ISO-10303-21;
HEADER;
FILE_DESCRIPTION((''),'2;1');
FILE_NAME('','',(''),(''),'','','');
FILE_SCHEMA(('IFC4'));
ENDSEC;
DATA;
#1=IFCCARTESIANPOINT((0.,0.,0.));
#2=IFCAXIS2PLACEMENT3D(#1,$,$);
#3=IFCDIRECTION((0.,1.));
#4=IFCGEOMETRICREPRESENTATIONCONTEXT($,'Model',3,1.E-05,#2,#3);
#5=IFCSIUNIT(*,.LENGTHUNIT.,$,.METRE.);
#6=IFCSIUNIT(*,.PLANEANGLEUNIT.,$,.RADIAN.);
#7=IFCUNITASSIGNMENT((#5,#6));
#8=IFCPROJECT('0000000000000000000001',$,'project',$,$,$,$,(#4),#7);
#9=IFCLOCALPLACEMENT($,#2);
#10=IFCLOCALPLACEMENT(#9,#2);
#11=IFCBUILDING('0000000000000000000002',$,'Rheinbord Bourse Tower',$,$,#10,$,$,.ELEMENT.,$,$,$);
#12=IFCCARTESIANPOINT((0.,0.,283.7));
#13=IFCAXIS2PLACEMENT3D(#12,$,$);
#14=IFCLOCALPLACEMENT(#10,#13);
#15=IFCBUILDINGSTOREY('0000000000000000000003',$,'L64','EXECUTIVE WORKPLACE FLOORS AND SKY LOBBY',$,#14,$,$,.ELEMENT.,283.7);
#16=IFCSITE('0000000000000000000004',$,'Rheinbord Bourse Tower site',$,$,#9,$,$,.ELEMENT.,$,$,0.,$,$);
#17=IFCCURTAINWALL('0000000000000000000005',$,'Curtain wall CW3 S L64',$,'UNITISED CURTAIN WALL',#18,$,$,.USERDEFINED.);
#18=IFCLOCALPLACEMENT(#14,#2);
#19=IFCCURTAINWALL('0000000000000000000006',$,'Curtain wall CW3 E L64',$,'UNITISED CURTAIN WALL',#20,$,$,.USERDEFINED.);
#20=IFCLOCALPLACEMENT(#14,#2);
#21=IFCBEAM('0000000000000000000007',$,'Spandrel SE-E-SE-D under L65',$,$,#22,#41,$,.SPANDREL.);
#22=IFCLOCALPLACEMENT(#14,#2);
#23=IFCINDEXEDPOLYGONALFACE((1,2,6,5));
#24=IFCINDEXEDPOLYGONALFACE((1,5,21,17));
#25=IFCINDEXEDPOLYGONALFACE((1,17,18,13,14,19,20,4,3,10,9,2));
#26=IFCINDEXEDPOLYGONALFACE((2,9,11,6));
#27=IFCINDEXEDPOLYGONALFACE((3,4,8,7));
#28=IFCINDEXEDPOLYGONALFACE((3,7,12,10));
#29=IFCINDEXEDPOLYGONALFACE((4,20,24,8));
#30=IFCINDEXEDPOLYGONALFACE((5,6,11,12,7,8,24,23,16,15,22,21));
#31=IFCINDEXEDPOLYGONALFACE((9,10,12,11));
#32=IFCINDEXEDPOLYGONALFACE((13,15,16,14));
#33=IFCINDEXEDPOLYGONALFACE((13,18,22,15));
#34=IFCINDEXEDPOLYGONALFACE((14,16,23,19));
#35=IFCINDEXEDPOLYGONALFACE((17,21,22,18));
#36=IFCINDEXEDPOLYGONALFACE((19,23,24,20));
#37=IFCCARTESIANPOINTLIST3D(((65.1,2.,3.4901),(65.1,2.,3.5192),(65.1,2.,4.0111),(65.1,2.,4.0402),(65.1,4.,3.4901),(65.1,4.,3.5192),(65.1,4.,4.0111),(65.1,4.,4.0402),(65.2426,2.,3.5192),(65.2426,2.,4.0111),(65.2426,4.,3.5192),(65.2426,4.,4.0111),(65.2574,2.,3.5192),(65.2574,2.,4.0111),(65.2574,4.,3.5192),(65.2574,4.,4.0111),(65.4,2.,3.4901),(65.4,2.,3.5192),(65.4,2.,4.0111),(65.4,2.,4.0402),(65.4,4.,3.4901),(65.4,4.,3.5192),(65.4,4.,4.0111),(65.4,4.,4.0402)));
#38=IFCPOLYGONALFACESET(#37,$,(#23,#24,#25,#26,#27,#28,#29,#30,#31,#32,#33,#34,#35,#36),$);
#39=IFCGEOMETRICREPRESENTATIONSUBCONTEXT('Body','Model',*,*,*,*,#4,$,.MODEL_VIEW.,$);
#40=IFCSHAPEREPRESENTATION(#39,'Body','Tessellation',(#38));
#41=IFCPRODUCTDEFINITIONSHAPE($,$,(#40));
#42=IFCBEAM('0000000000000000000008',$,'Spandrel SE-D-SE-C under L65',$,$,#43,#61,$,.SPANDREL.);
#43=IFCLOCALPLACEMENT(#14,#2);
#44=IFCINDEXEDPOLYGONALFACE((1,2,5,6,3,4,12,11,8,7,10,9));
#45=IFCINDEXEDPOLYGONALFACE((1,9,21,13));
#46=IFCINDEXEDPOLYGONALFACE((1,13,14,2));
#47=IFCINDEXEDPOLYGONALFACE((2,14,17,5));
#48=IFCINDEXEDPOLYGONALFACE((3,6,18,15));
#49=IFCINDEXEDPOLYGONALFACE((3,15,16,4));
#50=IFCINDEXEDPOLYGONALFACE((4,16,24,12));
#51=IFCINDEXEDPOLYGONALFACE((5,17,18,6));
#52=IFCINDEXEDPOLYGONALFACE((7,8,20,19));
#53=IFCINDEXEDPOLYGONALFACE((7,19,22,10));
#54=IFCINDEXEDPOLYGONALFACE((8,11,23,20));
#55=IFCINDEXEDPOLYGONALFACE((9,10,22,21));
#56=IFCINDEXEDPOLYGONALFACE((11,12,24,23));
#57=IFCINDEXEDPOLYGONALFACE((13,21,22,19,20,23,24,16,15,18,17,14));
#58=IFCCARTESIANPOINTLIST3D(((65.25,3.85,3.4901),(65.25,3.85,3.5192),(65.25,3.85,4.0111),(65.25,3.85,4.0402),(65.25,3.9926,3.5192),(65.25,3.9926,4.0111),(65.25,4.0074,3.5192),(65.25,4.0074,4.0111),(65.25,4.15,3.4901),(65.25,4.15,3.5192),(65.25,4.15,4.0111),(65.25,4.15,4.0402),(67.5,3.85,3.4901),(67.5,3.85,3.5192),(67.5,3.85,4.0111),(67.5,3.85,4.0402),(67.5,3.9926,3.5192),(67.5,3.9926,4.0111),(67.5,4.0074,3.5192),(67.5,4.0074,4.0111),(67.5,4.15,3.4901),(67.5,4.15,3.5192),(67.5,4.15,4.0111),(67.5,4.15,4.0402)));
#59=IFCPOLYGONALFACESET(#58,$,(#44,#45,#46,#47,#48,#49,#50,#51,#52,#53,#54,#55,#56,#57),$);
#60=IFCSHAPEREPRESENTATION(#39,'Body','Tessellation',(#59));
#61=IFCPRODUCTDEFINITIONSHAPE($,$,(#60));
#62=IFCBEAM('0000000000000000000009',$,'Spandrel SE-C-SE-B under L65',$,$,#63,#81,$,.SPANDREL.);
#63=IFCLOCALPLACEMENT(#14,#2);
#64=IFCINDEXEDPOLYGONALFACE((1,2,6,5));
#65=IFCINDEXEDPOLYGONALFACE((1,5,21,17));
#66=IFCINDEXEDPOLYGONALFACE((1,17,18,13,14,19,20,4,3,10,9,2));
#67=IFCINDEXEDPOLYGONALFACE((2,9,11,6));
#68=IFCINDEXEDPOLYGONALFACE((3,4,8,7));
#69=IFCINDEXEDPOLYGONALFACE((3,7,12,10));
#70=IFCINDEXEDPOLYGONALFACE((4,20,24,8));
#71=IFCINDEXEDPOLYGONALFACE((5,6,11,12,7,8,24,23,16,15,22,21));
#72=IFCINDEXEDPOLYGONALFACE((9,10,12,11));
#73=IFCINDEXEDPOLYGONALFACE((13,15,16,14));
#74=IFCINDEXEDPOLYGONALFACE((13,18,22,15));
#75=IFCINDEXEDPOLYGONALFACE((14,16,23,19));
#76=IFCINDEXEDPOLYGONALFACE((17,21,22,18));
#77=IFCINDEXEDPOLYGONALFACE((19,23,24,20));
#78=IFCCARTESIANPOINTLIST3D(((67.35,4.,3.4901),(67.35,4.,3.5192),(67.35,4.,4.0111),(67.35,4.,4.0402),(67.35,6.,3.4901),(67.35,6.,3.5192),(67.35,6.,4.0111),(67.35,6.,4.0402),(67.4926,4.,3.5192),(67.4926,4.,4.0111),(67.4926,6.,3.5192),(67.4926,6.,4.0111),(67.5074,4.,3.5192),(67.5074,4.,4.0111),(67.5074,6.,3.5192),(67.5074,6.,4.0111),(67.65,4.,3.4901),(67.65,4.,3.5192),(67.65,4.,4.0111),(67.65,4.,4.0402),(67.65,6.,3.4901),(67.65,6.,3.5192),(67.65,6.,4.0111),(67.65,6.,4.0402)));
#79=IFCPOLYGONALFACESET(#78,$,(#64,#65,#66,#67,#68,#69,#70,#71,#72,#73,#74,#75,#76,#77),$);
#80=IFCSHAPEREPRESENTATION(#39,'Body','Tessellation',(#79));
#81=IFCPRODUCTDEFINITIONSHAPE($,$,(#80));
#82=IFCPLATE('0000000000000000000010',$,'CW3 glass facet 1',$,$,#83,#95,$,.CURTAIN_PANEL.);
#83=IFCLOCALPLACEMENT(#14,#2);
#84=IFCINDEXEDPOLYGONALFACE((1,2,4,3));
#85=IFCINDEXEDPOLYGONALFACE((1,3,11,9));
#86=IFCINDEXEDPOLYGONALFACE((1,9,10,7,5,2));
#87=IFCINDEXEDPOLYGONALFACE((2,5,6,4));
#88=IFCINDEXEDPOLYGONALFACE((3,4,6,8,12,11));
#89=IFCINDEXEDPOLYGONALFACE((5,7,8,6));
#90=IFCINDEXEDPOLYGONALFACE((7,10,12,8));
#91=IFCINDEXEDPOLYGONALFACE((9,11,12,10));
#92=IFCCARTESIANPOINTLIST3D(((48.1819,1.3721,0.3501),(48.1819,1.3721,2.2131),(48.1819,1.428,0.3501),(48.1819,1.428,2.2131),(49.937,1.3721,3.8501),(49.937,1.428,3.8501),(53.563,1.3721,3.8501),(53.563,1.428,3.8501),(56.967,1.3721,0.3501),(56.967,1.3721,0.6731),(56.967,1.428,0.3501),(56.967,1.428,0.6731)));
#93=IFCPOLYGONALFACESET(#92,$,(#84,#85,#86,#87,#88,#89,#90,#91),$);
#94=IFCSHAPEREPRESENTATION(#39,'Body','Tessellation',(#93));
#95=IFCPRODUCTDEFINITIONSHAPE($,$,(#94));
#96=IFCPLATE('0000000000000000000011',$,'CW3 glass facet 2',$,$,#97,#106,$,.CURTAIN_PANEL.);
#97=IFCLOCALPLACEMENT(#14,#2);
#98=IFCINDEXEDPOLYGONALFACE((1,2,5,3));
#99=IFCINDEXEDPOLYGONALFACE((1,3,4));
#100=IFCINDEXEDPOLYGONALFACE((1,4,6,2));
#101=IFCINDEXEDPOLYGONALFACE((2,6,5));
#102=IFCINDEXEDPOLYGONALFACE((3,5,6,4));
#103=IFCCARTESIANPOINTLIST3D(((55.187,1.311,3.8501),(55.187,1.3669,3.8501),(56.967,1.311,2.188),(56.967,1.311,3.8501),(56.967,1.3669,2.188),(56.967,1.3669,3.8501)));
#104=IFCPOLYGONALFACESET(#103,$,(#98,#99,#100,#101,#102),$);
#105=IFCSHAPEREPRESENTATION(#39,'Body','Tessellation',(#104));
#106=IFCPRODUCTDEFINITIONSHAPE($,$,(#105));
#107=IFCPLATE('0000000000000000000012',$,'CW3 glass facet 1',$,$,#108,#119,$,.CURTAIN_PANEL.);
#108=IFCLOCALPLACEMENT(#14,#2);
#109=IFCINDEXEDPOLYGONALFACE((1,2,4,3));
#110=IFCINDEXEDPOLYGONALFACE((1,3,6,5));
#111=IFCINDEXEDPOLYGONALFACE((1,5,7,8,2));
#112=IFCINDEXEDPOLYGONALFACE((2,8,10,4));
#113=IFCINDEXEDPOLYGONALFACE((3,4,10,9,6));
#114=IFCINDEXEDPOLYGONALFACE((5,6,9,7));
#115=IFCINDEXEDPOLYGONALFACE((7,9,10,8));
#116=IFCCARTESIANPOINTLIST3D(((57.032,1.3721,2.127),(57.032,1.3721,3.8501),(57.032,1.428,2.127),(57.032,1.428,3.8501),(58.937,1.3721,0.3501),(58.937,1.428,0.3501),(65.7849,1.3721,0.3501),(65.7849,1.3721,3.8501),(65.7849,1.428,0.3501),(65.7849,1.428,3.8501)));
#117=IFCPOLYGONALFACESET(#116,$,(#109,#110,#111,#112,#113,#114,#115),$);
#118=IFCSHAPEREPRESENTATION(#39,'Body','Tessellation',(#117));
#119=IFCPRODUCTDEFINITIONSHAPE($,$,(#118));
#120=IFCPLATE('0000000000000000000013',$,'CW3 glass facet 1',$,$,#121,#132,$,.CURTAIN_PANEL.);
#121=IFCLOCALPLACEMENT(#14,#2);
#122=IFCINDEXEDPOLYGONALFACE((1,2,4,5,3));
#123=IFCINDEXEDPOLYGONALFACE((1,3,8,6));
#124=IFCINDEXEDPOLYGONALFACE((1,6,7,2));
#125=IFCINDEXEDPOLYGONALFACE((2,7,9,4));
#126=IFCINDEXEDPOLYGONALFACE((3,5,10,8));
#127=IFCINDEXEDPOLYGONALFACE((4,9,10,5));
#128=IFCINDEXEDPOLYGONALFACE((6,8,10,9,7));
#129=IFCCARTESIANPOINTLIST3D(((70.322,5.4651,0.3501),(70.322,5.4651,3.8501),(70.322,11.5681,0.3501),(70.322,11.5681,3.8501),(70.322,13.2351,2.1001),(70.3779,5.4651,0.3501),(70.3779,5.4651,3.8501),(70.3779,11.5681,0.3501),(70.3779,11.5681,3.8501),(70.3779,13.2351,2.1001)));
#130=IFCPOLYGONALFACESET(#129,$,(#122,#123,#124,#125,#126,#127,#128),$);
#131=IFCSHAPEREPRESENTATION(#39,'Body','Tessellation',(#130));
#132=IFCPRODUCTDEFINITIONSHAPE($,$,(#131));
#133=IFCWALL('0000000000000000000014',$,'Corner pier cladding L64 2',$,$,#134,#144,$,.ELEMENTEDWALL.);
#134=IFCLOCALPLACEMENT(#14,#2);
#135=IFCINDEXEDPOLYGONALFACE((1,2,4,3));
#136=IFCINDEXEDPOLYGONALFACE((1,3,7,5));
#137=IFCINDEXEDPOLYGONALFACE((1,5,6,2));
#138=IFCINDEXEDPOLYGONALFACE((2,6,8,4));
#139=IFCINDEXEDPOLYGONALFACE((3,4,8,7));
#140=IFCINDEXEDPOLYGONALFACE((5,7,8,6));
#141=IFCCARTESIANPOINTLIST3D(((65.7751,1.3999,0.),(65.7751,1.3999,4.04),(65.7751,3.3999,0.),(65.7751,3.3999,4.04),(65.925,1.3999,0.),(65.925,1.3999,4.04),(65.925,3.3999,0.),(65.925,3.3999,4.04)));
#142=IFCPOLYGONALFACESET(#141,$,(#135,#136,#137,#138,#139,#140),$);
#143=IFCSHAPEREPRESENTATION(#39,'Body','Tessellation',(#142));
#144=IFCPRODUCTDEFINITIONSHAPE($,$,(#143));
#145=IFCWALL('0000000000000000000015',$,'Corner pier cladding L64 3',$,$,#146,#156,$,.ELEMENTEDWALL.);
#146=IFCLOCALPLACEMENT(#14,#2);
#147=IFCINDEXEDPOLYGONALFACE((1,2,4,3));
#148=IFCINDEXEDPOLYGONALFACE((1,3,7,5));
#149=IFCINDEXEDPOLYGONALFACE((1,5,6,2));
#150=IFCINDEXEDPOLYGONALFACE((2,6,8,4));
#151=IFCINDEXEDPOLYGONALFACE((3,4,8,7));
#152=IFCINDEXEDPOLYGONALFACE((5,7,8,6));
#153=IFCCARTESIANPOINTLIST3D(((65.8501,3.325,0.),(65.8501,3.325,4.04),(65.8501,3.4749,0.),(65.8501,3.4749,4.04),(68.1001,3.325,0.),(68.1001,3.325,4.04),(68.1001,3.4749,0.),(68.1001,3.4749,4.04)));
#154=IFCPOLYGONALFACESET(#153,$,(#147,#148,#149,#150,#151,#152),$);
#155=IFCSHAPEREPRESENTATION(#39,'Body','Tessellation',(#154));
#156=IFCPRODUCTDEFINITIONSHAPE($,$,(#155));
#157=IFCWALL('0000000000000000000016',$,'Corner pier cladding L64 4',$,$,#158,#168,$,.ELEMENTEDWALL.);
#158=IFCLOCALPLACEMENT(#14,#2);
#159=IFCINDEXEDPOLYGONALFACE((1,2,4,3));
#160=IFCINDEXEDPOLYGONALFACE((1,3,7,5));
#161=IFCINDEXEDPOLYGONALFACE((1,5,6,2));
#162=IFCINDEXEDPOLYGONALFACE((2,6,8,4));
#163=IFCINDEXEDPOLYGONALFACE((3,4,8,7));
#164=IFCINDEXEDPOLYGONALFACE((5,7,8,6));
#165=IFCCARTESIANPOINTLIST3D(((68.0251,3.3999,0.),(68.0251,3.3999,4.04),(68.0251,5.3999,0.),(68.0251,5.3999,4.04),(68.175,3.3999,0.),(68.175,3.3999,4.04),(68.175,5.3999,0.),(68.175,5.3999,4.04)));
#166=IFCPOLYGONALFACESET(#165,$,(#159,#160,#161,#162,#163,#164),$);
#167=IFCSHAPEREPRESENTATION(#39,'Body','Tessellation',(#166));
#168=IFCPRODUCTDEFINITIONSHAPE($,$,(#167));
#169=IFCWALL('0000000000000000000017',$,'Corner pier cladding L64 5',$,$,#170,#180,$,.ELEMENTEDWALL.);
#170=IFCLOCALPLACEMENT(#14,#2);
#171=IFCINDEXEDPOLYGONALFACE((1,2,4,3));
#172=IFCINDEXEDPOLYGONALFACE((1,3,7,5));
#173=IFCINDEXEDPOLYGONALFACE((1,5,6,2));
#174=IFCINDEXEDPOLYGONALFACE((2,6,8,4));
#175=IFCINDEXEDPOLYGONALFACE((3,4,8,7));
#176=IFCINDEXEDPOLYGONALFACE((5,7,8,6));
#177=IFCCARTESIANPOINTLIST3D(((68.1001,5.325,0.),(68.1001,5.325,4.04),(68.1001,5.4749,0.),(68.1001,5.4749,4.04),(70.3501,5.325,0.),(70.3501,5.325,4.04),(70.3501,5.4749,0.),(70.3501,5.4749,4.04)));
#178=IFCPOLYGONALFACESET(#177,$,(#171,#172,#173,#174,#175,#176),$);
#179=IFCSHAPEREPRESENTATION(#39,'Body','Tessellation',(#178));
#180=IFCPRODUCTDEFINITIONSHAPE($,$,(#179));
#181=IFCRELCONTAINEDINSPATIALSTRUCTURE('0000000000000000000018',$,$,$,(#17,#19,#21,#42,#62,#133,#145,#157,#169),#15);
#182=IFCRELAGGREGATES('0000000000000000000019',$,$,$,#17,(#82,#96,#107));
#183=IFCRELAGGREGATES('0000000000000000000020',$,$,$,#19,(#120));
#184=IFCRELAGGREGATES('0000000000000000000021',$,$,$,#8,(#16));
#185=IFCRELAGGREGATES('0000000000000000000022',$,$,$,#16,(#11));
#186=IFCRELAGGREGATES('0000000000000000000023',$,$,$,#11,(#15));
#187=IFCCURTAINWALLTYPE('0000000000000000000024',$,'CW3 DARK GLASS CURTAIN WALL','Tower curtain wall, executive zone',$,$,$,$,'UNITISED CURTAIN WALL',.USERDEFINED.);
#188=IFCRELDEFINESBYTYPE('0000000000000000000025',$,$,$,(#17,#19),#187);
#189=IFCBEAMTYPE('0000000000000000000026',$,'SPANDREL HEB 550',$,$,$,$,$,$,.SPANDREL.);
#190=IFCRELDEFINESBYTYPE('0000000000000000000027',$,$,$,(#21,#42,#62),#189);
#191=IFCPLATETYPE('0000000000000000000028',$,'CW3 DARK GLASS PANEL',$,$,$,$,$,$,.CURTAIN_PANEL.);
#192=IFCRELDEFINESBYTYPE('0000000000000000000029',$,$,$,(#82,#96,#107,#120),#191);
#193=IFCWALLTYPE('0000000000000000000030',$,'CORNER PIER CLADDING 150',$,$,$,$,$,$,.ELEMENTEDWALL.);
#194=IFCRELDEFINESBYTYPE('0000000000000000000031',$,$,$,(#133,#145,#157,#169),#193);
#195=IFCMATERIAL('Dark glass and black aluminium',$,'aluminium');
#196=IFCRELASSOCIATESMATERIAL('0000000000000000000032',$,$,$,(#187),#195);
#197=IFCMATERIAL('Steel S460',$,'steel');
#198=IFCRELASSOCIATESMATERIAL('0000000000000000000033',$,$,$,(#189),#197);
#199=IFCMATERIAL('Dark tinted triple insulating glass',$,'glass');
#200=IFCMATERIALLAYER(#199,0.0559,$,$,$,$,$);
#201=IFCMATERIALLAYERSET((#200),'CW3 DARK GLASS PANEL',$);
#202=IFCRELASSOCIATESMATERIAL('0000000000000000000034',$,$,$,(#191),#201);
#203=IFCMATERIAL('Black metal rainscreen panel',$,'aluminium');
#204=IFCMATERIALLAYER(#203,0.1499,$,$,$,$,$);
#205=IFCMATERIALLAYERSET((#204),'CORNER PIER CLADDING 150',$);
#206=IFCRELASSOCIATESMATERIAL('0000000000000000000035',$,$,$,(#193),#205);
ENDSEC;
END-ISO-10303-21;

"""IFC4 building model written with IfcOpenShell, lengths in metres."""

from ifc_helpers import new_model, si_unit, direction, frame, frame_2d, origin, origin_2d, place, context, subcontext, project, spatial, polyline, rectangle, i_section, outline, extrude, material, layer, layer_set, material_profile, profile_set, type_object, element, aggregate, save


model = new_model("IFC4")

# Units and contexts
model_context = context("Model", 3, precision=1e-05, world=origin(), true_north=direction((0.0, 1.0)))
body_context = subcontext(model_context, "Body", "Model", "MODEL_VIEW")
ifc_project = project(units=[si_unit("LENGTHUNIT", "METRE"), si_unit("PLANEANGLEUNIT", "RADIAN")], contexts=[model_context])

# Site, building, storey
site_placement = place(None, origin())
site = spatial("IfcSite", under=ifc_project, at=site_placement, Name="Rheinbord Bourse Tower site", CompositionType="ELEMENT", RefElevation=0.0)
building_placement = place(site_placement, origin())
building = spatial("IfcBuilding", under=site, at=building_placement, Name="Rheinbord Bourse Tower", CompositionType="ELEMENT")
storey_placement = place(building_placement, frame((0.0, 0.0, 283.7)))
storey = spatial("IfcBuildingStorey", under=building, at=storey_placement, Name="L64", Description="EXECUTIVE WORKPLACE FLOORS AND SKY LOBBY", CompositionType="ELEMENT", Elevation=283.7)

# Curtain wall
ifc_material_1 = material(Name="Dark glass and black aluminium", Category="aluminium")
curtain_wall_type = type_object("IfcCurtainWallType", Name="CW3 DARK GLASS CURTAIN WALL", Description="Tower curtain wall, executive zone", ElementType="UNITISED CURTAIN WALL", PredefinedType="USERDEFINED", material=ifc_material_1)
curtain_wall_1_placement = place(storey_placement, origin())
curtain_wall_1 = element("IfcCurtainWall", 1, at=curtain_wall_1_placement, inside=storey, type_object=curtain_wall_type, Name="Curtain wall CW3 S L64", ObjectType="UNITISED CURTAIN WALL", PredefinedType="USERDEFINED")

# Curtain wall
curtain_wall_2_placement = place(storey_placement, origin())
curtain_wall_2 = element("IfcCurtainWall", 2, at=curtain_wall_2_placement, inside=storey, type_object=curtain_wall_type, Name="Curtain wall CW3 E L64", ObjectType="UNITISED CURTAIN WALL", PredefinedType="USERDEFINED")

# Beams
ifc_material_2 = material(Name="Steel S460", Category="steel")
ifc_material_profile_1 = material_profile(ifc_material_2, i_section(OverallWidth=0.3, OverallDepth=0.55, WebThickness=0.0149, FlangeThickness=0.0291, at=origin_2d()), Name="HEB 550")
ifc_profile_set_1 = profile_set([ifc_material_profile_1], Name="Steel S460")
beam_type_1 = type_object("IfcBeamType", Name="SPANDREL HEB 550", PredefinedType="SPANDREL", material=ifc_profile_set_1)
beam_1_placement = place(storey_placement, frame((65.25, 2.0, 3.7651), z_axis=(0.0, 1.0, 0.0), x_axis=(-1.0, 0.0, 0.0)))
element("IfcBeam", 3, at=beam_1_placement, inside=storey, type_object=beam_type_1, Name="Spandrel SE-E-SE-D under L65", PredefinedType="SPANDREL", context=body_context, shape_type="SweptSolid", body=[
    extrude(i_section(OverallWidth=0.3, OverallDepth=0.55, WebThickness=0.0149, FlangeThickness=0.0291, at=origin_2d()), origin(), (0.0, 0.0, 1.0), 2.0),
])
beam_2_placement = place(storey_placement, frame((65.25, 4.0, 3.7651), z_axis=(1.0, 0.0, 0.0), x_axis=(0.0, 1.0, 0.0)))
element("IfcBeam", 4, at=beam_2_placement, inside=storey, type_object=beam_type_1, Name="Spandrel SE-D-SE-C under L65", PredefinedType="SPANDREL", context=body_context, shape_type="SweptSolid", body=[
    extrude(i_section(OverallWidth=0.3, OverallDepth=0.55, WebThickness=0.0149, FlangeThickness=0.0291, at=origin_2d()), origin(), (0.0, 0.0, 1.0), 2.25),
])
beam_3_placement = place(storey_placement, frame((67.5, 4.0, 3.7651), z_axis=(0.0, 1.0, 0.0), x_axis=(-1.0, 0.0, 0.0)))
element("IfcBeam", 5, at=beam_3_placement, inside=storey, type_object=beam_type_1, Name="Spandrel SE-C-SE-B under L65", PredefinedType="SPANDREL", context=body_context, shape_type="SweptSolid", body=[
    extrude(i_section(OverallWidth=0.3, OverallDepth=0.55, WebThickness=0.0149, FlangeThickness=0.0291, at=origin_2d()), origin(), (0.0, 0.0, 1.0), 2.0),
])

# Plates
ifc_material_3 = material(Name="Dark tinted triple insulating glass", Category="glass")
ifc_layer_1 = layer(ifc_material_3, 0.0559)
ifc_layer_set_1 = layer_set([ifc_layer_1], Name="CW3 DARK GLASS PANEL")
plate_type = type_object("IfcPlateType", Name="CW3 DARK GLASS PANEL", PredefinedType="CURTAIN_PANEL", material=ifc_layer_set_1)
plate_1_placement = place(storey_placement, frame((56.967, 1.3721, 0.3501), z_axis=(0.0, 1.0, 0.0), x_axis=(-1.0, 0.0, 0.0)))
plate_1 = element("IfcPlate", 6, at=plate_1_placement, type_object=plate_type, Name="CW3 glass facet 1", PredefinedType="CURTAIN_PANEL", context=body_context, shape_type="SweptSolid", body=[
    extrude(outline(polyline([(0.0, 0.0), (8.7852, 0.0), (8.7852, 1.863), (7.03, 3.5), (3.4041, 3.5), (0.0, 0.323), (0.0, 0.0)])), origin(), (0.0, 0.0, 1.0), 0.0559),
])
plate_2_placement = place(storey_placement, frame((56.967, 1.311, 3.8501), z_axis=(0.0, 1.0, 0.0), x_axis=(0.0, 0.0, -1.0)))
plate_2 = element("IfcPlate", 7, at=plate_2_placement, type_object=plate_type, Name="CW3 glass facet 2", PredefinedType="CURTAIN_PANEL", context=body_context, shape_type="SweptSolid", body=[
    extrude(outline(polyline([(0.0, 0.0), (1.6621, 0.0), (0.0, 1.78), (0.0, 0.0)])), origin(), (0.0, 0.0, 1.0), 0.0559),
])
plate_3_placement = place(storey_placement, frame((57.032, 1.3721, 3.8501), z_axis=(0.0, 1.0, 0.0), x_axis=(1.0, 0.0, 0.0)))
plate_3 = element("IfcPlate", 8, at=plate_3_placement, type_object=plate_type, Name="CW3 glass facet 1", PredefinedType="CURTAIN_PANEL", context=body_context, shape_type="SweptSolid", body=[
    extrude(outline(polyline([(0.0, 0.0), (8.7529, 0.0), (8.7529, 3.5), (1.905, 3.5), (0.0, 1.7231), (0.0, 0.0)])), origin(), (0.0, 0.0, 1.0), 0.0559),
])
aggregate(curtain_wall_1, [plate_1, plate_2, plate_3])
plate_4_placement = place(storey_placement, frame((70.3779, 5.4651, 0.3501), z_axis=(-1.0, 0.0, 0.0), x_axis=(0.0, 0.0, 1.0)))
plate_4 = element("IfcPlate", 9, at=plate_4_placement, type_object=plate_type, Name="CW3 glass facet 1", PredefinedType="CURTAIN_PANEL", context=body_context, shape_type="SweptSolid", body=[
    extrude(outline(polyline([(0.0, 0.0), (3.5, 0.0), (3.5, 6.103), (1.75, 7.77), (0.0, 6.103), (0.0, 0.0)])), origin(), (0.0, 0.0, 1.0), 0.0559),
])
aggregate(curtain_wall_2, [plate_4])

# Walls
ifc_material_4 = material(Name="Black metal rainscreen panel", Category="aluminium")
ifc_layer_2 = layer(ifc_material_4, 0.1499)
ifc_layer_set_2 = layer_set([ifc_layer_2], Name="CORNER PIER CLADDING 150")
wall_type = type_object("IfcWallType", Name="CORNER PIER CLADDING 150", PredefinedType="ELEMENTEDWALL", material=ifc_layer_set_2)
wall_1_placement = place(storey_placement, frame((65.8501, 1.3999, 0.0), z_axis=(0.0, 0.0, 1.0), x_axis=(0.0, 1.0, 0.0)))
element("IfcWall", 10, at=wall_1_placement, inside=storey, type_object=wall_type, Name="Corner pier cladding L64 2", PredefinedType="ELEMENTEDWALL", context=body_context, shape_type="SweptSolid", body=[
    extrude(rectangle(XDim=2.0, YDim=0.1499, at=frame_2d((1.0, 0.0))), origin(), (0.0, 0.0, 1.0), 4.04),
])
wall_2_placement = place(storey_placement, frame((65.8501, 3.3999, 0.0), z_axis=(0.0, 0.0, 1.0), x_axis=(1.0, 0.0, 0.0)))
element("IfcWall", 11, at=wall_2_placement, inside=storey, type_object=wall_type, Name="Corner pier cladding L64 3", PredefinedType="ELEMENTEDWALL", context=body_context, shape_type="SweptSolid", body=[
    extrude(rectangle(XDim=2.25, YDim=0.1499, at=frame_2d((1.125, 0.0))), origin(), (0.0, 0.0, 1.0), 4.04),
])
wall_3_placement = place(storey_placement, frame((68.1001, 3.3999, 0.0), z_axis=(0.0, 0.0, 1.0), x_axis=(0.0, 1.0, 0.0)))
element("IfcWall", 12, at=wall_3_placement, inside=storey, type_object=wall_type, Name="Corner pier cladding L64 4", PredefinedType="ELEMENTEDWALL", context=body_context, shape_type="SweptSolid", body=[
    extrude(rectangle(XDim=2.0, YDim=0.1499, at=frame_2d((1.0, 0.0))), origin(), (0.0, 0.0, 1.0), 4.04),
])
wall_4_placement = place(storey_placement, frame((68.1001, 5.3999, 0.0), z_axis=(0.0, 0.0, 1.0), x_axis=(1.0, 0.0, 0.0)))
element("IfcWall", 13, at=wall_4_placement, inside=storey, type_object=wall_type, Name="Corner pier cladding L64 5", PredefinedType="ELEMENTEDWALL", context=body_context, shape_type="SweptSolid", body=[
    extrude(rectangle(XDim=2.25, YDim=0.1499, at=frame_2d((1.125, 0.0))), origin(), (0.0, 0.0, 1.0), 4.04),
])

save(model, "model.ifc")
